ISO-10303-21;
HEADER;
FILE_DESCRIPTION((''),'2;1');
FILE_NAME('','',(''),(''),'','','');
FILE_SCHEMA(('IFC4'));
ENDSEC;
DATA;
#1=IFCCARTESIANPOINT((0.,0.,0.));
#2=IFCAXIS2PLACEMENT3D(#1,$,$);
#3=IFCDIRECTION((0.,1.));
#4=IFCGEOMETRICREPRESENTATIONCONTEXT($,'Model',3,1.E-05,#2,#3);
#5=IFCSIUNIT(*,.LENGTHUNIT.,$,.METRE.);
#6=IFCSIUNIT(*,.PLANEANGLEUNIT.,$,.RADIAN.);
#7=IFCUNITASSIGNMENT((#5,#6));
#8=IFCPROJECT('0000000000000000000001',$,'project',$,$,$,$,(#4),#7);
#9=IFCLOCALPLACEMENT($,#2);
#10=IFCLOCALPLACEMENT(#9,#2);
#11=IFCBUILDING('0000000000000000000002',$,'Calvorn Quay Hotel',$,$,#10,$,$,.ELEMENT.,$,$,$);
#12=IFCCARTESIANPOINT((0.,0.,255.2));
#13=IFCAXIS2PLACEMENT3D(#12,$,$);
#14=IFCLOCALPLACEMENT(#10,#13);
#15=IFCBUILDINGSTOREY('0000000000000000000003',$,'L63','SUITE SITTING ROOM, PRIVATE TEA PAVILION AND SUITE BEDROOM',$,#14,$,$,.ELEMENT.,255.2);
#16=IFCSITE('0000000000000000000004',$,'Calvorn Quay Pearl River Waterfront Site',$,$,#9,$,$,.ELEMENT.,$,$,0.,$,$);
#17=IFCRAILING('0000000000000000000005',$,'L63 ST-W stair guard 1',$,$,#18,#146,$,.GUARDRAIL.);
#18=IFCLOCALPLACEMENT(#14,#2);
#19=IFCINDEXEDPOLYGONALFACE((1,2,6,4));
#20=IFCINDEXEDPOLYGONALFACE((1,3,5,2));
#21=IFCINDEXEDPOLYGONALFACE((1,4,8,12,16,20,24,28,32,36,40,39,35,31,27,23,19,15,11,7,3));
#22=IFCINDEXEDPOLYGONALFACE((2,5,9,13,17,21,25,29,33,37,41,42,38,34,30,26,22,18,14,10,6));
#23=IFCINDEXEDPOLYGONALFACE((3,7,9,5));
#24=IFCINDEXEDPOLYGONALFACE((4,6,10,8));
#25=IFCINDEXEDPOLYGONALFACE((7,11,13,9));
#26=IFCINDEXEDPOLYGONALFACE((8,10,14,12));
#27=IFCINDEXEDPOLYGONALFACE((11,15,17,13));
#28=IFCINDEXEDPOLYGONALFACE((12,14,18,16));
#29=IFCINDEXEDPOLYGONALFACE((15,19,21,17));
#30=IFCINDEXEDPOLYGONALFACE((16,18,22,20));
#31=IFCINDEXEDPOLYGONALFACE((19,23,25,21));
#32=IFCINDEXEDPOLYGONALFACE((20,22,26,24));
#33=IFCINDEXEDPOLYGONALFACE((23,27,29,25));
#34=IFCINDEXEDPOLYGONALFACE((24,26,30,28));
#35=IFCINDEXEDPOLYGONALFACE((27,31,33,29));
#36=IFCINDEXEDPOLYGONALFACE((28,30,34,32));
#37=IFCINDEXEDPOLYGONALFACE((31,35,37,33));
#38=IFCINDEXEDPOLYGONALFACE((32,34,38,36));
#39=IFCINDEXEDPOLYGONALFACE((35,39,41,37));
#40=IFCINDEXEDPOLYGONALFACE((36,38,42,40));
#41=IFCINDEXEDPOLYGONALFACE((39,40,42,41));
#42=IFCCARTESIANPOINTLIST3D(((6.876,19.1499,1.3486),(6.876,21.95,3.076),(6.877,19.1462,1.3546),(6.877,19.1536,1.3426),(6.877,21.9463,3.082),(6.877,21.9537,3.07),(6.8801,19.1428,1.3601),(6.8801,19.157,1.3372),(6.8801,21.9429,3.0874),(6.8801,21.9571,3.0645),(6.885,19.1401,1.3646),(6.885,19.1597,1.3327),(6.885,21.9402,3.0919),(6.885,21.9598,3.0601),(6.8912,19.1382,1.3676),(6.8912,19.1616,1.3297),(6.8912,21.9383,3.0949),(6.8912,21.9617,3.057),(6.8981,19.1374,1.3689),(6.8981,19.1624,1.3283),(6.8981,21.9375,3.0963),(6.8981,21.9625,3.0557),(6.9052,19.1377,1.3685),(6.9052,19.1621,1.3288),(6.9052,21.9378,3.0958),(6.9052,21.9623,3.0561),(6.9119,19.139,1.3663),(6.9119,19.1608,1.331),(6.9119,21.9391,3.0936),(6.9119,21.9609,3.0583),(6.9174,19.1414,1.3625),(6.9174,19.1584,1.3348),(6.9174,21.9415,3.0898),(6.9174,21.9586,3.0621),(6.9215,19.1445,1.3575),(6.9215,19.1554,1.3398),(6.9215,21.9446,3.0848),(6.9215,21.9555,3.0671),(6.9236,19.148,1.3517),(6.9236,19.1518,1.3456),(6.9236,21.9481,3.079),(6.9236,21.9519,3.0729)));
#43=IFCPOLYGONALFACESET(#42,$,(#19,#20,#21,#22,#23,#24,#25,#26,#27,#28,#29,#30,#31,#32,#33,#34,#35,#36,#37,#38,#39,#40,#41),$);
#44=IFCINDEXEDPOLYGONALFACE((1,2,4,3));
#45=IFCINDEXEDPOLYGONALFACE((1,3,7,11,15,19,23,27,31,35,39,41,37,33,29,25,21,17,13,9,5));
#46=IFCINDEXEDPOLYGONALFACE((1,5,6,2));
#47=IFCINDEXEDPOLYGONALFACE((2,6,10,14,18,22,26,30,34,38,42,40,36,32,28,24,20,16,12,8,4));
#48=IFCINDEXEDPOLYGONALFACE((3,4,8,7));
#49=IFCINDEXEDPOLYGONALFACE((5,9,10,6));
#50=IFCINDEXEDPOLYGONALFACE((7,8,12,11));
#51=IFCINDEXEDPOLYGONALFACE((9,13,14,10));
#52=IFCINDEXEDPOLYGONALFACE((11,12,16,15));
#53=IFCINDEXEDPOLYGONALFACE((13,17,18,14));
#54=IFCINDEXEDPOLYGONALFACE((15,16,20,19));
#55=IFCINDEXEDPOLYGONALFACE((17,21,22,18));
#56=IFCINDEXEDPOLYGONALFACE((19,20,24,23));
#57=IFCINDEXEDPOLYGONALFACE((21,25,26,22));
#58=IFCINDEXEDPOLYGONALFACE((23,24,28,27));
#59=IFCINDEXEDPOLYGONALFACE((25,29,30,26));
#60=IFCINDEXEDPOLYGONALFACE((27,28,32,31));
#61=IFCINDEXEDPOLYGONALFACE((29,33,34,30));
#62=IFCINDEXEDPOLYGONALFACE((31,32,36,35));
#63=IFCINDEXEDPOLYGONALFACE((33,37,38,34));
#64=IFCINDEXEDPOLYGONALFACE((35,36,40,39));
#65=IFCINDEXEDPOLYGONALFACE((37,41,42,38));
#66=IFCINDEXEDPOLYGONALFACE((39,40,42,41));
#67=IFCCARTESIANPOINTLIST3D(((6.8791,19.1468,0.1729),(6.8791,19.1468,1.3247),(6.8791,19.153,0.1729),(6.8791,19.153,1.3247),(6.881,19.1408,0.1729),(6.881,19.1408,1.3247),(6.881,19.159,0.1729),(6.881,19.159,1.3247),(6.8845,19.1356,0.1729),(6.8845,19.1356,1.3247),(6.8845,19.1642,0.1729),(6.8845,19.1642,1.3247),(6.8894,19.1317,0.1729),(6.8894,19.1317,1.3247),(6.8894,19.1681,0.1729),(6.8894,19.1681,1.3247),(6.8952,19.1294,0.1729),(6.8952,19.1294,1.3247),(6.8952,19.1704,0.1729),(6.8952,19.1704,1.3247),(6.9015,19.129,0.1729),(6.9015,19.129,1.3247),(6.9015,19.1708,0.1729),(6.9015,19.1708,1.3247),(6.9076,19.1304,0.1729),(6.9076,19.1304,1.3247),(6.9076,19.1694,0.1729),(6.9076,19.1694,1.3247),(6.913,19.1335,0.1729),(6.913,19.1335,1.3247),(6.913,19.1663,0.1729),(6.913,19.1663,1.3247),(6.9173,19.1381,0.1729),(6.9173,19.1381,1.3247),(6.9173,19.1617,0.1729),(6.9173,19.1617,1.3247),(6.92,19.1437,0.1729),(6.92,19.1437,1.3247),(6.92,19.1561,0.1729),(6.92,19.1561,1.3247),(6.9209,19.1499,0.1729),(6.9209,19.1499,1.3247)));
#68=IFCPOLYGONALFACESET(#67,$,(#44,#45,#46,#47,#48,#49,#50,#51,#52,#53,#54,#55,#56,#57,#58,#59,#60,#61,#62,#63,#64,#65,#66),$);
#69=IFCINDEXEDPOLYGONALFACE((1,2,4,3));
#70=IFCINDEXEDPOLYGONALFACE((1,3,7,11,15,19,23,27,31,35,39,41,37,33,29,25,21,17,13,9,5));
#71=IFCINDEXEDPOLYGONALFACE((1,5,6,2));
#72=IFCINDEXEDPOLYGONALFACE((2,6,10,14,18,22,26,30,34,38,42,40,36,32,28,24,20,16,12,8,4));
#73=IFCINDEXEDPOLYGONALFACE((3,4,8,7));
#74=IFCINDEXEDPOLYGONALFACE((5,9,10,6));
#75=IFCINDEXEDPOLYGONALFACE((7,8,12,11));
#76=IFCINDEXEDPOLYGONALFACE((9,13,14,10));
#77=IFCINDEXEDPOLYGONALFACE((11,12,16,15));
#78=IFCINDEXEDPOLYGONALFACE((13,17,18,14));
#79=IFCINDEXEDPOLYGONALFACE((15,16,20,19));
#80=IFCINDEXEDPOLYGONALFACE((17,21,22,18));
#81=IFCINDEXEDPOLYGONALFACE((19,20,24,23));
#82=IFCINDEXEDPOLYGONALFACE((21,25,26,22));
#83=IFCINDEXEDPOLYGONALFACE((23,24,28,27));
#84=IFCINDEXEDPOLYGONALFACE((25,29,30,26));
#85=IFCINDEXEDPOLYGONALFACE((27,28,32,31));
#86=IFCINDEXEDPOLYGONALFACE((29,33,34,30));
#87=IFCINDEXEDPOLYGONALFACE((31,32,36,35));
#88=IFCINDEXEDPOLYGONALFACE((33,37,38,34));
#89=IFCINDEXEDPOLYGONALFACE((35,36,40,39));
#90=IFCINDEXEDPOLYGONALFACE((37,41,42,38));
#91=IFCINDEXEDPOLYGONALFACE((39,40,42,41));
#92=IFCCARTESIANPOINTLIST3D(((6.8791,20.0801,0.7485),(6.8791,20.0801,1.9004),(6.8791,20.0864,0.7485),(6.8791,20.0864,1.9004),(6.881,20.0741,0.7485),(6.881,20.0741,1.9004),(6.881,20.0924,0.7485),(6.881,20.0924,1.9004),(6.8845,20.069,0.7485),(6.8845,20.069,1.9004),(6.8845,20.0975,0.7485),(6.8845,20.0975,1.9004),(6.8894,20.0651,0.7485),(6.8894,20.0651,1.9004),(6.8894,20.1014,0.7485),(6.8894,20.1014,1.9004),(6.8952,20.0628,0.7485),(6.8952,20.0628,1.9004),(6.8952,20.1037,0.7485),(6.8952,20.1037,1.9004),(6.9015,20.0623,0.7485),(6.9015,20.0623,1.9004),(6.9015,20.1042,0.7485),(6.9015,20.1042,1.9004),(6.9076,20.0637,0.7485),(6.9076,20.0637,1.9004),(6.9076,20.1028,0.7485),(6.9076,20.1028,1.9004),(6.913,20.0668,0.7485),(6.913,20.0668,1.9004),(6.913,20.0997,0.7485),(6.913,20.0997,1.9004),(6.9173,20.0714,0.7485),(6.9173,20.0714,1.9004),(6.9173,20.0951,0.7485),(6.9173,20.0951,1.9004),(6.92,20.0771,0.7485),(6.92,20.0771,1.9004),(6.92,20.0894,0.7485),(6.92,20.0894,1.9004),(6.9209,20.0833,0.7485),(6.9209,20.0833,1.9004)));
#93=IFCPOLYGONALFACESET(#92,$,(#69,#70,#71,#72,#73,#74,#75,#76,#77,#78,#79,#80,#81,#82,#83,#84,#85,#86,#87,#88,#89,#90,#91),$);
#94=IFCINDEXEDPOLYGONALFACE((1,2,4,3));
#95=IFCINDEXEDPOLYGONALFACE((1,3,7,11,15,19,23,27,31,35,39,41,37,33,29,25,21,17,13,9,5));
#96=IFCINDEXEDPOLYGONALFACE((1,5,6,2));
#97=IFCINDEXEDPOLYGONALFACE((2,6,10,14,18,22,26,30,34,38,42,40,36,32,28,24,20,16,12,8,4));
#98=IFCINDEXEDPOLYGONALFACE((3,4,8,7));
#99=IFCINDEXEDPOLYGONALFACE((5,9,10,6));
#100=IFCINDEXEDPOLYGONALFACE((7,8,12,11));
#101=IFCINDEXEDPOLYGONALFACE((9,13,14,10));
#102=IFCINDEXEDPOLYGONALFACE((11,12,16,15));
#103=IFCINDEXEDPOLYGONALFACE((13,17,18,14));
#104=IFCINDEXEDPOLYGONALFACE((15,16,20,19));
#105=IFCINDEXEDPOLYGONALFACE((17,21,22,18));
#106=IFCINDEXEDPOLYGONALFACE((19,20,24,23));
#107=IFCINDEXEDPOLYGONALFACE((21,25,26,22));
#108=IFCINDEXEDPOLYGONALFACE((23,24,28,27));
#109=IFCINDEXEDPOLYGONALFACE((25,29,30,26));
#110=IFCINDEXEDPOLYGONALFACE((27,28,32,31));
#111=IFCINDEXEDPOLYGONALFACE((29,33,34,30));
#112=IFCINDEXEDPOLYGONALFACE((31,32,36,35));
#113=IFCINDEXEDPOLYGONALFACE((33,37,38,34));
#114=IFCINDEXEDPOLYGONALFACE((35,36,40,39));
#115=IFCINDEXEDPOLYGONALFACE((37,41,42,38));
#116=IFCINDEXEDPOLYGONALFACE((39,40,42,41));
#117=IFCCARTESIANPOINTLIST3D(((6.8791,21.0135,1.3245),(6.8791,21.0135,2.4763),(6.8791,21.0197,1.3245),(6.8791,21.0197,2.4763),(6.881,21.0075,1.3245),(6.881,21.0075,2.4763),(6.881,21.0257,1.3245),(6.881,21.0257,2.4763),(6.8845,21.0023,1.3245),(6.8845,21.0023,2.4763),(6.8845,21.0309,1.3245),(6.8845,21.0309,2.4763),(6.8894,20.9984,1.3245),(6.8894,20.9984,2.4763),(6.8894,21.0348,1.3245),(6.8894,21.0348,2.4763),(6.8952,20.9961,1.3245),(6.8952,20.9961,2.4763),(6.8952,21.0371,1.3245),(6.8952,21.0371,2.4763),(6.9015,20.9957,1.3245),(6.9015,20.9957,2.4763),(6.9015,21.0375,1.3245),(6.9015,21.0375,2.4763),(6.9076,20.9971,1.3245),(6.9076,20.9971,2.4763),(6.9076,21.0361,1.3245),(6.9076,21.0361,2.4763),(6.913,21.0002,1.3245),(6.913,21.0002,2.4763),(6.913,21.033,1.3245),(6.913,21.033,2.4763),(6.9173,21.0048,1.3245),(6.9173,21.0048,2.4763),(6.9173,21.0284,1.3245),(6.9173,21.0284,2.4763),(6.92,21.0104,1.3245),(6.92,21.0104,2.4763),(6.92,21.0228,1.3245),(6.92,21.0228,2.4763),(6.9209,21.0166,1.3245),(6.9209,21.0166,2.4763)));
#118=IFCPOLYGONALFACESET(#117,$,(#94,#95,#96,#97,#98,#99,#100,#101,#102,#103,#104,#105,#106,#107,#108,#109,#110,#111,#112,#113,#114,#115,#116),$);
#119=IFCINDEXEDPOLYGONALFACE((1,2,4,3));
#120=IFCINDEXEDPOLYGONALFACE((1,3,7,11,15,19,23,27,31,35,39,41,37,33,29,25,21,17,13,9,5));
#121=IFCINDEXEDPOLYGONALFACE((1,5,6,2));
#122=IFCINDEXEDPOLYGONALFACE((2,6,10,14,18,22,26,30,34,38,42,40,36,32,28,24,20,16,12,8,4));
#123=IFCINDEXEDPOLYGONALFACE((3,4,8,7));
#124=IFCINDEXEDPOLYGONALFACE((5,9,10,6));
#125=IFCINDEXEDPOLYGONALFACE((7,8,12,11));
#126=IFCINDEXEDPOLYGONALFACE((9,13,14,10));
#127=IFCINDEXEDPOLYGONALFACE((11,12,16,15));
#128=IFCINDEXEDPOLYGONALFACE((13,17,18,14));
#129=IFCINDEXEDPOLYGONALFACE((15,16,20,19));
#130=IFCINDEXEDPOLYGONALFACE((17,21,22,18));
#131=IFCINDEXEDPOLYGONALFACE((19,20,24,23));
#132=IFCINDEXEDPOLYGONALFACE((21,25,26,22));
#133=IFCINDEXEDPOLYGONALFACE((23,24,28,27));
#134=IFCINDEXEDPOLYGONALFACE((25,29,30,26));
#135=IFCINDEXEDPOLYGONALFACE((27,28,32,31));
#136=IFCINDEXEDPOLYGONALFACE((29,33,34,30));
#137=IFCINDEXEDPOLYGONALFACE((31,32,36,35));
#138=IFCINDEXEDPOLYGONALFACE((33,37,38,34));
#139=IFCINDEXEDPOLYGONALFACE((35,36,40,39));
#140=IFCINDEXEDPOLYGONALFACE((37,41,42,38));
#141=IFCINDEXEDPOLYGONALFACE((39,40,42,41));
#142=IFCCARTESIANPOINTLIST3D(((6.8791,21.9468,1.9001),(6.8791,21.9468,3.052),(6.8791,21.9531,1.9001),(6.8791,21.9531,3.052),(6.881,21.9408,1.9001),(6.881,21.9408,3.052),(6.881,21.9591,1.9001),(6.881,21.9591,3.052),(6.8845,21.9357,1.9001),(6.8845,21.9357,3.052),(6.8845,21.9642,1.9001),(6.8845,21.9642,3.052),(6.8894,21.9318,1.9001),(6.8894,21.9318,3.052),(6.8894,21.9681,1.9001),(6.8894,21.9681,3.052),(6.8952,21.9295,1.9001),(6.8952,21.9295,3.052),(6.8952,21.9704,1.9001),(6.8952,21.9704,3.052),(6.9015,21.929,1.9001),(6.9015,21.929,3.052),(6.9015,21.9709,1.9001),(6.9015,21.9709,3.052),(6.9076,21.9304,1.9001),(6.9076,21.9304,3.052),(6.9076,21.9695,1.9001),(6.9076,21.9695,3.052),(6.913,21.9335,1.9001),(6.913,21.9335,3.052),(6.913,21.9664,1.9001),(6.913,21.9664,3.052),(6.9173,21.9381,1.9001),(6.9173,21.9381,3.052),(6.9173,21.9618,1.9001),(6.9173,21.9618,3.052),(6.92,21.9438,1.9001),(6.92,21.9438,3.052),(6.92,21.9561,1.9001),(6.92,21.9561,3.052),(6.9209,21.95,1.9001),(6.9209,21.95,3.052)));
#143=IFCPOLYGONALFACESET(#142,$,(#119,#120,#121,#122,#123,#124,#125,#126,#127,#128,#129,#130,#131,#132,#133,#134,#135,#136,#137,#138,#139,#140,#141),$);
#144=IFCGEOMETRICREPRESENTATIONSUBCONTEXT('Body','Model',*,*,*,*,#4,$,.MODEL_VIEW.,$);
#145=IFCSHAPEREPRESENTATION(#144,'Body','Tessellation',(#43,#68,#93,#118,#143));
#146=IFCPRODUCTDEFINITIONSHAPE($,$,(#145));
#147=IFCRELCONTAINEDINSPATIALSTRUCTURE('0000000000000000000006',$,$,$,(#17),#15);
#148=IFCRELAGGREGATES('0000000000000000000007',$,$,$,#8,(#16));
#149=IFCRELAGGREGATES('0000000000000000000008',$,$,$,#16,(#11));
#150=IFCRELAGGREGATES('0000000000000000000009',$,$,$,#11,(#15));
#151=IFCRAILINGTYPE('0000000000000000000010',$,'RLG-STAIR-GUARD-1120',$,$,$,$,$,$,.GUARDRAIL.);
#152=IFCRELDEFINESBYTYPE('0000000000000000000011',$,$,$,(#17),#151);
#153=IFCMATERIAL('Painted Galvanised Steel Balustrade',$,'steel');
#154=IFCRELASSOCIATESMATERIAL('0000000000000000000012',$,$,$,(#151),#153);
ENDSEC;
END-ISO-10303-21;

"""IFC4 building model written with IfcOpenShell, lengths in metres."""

from ifc_helpers import new_model, si_unit, direction, frame, origin, origin_2d, place, context, subcontext, project, spatial, circle, extrude, material, type_object, element, save


model = new_model("IFC4")

# Units and contexts
model_context = context("Model", 3, precision=1e-05, world=origin(), true_north=direction((0.0, 1.0)))
body_context = subcontext(model_context, "Body", "Model", "MODEL_VIEW")
ifc_project = project(units=[si_unit("LENGTHUNIT", "METRE"), si_unit("PLANEANGLEUNIT", "RADIAN")], contexts=[model_context])

# Site, building, storey
site_placement = place(None, origin())
site = spatial("IfcSite", under=ifc_project, at=site_placement, Name="Calvorn Quay Pearl River Waterfront Site", CompositionType="ELEMENT", RefElevation=0.0)
building_placement = place(site_placement, origin())
building = spatial("IfcBuilding", under=site, at=building_placement, Name="Calvorn Quay Hotel", CompositionType="ELEMENT")
storey_placement = place(building_placement, frame((0.0, 0.0, 255.2)))
storey = spatial("IfcBuildingStorey", under=building, at=storey_placement, Name="L63", Description="SUITE SITTING ROOM, PRIVATE TEA PAVILION AND SUITE BEDROOM", CompositionType="ELEMENT", Elevation=255.2)

# Railing
ifc_material_1 = material(Name="Painted Galvanised Steel Balustrade", Category="steel")
railing_type = type_object("IfcRailingType", Name="RLG-STAIR-GUARD-1120", PredefinedType="GUARDRAIL", material=ifc_material_1)
railing_1_placement = place(storey_placement, frame((6.8999, 19.1499, 0.1729)))
element("IfcRailing", 1, at=railing_1_placement, inside=storey, type_object=railing_type, Name="L63 ST-W stair guard 1", PredefinedType="GUARDRAIL", context=body_context, shape_type="SweptSolid", body=[
    extrude(circle(Radius=0.0239, at=origin_2d()), frame((0.0, 0.0, 1.1758), z_axis=(0.0, 0.85109, 0.52502), x_axis=(-1.0, 0.0, 0.0)), (0.0, 0.0, 1.0), 3.29),
    extrude(circle(Radius=0.021, at=origin_2d()), origin(), (0.0, 0.0, 1.0), 1.1519),
    extrude(circle(Radius=0.021, at=origin_2d()), frame((0.0, 0.9333, 0.5757)), (0.0, 0.0, 1.0), 1.1519),
    extrude(circle(Radius=0.021, at=origin_2d()), frame((0.0, 1.8667, 1.1516)), (0.0, 0.0, 1.0), 1.1519),
    extrude(circle(Radius=0.021, at=origin_2d()), frame((0.0, 2.8, 1.7273)), (0.0, 0.0, 1.0), 1.1519),
])

save(model, "model.ifc")
